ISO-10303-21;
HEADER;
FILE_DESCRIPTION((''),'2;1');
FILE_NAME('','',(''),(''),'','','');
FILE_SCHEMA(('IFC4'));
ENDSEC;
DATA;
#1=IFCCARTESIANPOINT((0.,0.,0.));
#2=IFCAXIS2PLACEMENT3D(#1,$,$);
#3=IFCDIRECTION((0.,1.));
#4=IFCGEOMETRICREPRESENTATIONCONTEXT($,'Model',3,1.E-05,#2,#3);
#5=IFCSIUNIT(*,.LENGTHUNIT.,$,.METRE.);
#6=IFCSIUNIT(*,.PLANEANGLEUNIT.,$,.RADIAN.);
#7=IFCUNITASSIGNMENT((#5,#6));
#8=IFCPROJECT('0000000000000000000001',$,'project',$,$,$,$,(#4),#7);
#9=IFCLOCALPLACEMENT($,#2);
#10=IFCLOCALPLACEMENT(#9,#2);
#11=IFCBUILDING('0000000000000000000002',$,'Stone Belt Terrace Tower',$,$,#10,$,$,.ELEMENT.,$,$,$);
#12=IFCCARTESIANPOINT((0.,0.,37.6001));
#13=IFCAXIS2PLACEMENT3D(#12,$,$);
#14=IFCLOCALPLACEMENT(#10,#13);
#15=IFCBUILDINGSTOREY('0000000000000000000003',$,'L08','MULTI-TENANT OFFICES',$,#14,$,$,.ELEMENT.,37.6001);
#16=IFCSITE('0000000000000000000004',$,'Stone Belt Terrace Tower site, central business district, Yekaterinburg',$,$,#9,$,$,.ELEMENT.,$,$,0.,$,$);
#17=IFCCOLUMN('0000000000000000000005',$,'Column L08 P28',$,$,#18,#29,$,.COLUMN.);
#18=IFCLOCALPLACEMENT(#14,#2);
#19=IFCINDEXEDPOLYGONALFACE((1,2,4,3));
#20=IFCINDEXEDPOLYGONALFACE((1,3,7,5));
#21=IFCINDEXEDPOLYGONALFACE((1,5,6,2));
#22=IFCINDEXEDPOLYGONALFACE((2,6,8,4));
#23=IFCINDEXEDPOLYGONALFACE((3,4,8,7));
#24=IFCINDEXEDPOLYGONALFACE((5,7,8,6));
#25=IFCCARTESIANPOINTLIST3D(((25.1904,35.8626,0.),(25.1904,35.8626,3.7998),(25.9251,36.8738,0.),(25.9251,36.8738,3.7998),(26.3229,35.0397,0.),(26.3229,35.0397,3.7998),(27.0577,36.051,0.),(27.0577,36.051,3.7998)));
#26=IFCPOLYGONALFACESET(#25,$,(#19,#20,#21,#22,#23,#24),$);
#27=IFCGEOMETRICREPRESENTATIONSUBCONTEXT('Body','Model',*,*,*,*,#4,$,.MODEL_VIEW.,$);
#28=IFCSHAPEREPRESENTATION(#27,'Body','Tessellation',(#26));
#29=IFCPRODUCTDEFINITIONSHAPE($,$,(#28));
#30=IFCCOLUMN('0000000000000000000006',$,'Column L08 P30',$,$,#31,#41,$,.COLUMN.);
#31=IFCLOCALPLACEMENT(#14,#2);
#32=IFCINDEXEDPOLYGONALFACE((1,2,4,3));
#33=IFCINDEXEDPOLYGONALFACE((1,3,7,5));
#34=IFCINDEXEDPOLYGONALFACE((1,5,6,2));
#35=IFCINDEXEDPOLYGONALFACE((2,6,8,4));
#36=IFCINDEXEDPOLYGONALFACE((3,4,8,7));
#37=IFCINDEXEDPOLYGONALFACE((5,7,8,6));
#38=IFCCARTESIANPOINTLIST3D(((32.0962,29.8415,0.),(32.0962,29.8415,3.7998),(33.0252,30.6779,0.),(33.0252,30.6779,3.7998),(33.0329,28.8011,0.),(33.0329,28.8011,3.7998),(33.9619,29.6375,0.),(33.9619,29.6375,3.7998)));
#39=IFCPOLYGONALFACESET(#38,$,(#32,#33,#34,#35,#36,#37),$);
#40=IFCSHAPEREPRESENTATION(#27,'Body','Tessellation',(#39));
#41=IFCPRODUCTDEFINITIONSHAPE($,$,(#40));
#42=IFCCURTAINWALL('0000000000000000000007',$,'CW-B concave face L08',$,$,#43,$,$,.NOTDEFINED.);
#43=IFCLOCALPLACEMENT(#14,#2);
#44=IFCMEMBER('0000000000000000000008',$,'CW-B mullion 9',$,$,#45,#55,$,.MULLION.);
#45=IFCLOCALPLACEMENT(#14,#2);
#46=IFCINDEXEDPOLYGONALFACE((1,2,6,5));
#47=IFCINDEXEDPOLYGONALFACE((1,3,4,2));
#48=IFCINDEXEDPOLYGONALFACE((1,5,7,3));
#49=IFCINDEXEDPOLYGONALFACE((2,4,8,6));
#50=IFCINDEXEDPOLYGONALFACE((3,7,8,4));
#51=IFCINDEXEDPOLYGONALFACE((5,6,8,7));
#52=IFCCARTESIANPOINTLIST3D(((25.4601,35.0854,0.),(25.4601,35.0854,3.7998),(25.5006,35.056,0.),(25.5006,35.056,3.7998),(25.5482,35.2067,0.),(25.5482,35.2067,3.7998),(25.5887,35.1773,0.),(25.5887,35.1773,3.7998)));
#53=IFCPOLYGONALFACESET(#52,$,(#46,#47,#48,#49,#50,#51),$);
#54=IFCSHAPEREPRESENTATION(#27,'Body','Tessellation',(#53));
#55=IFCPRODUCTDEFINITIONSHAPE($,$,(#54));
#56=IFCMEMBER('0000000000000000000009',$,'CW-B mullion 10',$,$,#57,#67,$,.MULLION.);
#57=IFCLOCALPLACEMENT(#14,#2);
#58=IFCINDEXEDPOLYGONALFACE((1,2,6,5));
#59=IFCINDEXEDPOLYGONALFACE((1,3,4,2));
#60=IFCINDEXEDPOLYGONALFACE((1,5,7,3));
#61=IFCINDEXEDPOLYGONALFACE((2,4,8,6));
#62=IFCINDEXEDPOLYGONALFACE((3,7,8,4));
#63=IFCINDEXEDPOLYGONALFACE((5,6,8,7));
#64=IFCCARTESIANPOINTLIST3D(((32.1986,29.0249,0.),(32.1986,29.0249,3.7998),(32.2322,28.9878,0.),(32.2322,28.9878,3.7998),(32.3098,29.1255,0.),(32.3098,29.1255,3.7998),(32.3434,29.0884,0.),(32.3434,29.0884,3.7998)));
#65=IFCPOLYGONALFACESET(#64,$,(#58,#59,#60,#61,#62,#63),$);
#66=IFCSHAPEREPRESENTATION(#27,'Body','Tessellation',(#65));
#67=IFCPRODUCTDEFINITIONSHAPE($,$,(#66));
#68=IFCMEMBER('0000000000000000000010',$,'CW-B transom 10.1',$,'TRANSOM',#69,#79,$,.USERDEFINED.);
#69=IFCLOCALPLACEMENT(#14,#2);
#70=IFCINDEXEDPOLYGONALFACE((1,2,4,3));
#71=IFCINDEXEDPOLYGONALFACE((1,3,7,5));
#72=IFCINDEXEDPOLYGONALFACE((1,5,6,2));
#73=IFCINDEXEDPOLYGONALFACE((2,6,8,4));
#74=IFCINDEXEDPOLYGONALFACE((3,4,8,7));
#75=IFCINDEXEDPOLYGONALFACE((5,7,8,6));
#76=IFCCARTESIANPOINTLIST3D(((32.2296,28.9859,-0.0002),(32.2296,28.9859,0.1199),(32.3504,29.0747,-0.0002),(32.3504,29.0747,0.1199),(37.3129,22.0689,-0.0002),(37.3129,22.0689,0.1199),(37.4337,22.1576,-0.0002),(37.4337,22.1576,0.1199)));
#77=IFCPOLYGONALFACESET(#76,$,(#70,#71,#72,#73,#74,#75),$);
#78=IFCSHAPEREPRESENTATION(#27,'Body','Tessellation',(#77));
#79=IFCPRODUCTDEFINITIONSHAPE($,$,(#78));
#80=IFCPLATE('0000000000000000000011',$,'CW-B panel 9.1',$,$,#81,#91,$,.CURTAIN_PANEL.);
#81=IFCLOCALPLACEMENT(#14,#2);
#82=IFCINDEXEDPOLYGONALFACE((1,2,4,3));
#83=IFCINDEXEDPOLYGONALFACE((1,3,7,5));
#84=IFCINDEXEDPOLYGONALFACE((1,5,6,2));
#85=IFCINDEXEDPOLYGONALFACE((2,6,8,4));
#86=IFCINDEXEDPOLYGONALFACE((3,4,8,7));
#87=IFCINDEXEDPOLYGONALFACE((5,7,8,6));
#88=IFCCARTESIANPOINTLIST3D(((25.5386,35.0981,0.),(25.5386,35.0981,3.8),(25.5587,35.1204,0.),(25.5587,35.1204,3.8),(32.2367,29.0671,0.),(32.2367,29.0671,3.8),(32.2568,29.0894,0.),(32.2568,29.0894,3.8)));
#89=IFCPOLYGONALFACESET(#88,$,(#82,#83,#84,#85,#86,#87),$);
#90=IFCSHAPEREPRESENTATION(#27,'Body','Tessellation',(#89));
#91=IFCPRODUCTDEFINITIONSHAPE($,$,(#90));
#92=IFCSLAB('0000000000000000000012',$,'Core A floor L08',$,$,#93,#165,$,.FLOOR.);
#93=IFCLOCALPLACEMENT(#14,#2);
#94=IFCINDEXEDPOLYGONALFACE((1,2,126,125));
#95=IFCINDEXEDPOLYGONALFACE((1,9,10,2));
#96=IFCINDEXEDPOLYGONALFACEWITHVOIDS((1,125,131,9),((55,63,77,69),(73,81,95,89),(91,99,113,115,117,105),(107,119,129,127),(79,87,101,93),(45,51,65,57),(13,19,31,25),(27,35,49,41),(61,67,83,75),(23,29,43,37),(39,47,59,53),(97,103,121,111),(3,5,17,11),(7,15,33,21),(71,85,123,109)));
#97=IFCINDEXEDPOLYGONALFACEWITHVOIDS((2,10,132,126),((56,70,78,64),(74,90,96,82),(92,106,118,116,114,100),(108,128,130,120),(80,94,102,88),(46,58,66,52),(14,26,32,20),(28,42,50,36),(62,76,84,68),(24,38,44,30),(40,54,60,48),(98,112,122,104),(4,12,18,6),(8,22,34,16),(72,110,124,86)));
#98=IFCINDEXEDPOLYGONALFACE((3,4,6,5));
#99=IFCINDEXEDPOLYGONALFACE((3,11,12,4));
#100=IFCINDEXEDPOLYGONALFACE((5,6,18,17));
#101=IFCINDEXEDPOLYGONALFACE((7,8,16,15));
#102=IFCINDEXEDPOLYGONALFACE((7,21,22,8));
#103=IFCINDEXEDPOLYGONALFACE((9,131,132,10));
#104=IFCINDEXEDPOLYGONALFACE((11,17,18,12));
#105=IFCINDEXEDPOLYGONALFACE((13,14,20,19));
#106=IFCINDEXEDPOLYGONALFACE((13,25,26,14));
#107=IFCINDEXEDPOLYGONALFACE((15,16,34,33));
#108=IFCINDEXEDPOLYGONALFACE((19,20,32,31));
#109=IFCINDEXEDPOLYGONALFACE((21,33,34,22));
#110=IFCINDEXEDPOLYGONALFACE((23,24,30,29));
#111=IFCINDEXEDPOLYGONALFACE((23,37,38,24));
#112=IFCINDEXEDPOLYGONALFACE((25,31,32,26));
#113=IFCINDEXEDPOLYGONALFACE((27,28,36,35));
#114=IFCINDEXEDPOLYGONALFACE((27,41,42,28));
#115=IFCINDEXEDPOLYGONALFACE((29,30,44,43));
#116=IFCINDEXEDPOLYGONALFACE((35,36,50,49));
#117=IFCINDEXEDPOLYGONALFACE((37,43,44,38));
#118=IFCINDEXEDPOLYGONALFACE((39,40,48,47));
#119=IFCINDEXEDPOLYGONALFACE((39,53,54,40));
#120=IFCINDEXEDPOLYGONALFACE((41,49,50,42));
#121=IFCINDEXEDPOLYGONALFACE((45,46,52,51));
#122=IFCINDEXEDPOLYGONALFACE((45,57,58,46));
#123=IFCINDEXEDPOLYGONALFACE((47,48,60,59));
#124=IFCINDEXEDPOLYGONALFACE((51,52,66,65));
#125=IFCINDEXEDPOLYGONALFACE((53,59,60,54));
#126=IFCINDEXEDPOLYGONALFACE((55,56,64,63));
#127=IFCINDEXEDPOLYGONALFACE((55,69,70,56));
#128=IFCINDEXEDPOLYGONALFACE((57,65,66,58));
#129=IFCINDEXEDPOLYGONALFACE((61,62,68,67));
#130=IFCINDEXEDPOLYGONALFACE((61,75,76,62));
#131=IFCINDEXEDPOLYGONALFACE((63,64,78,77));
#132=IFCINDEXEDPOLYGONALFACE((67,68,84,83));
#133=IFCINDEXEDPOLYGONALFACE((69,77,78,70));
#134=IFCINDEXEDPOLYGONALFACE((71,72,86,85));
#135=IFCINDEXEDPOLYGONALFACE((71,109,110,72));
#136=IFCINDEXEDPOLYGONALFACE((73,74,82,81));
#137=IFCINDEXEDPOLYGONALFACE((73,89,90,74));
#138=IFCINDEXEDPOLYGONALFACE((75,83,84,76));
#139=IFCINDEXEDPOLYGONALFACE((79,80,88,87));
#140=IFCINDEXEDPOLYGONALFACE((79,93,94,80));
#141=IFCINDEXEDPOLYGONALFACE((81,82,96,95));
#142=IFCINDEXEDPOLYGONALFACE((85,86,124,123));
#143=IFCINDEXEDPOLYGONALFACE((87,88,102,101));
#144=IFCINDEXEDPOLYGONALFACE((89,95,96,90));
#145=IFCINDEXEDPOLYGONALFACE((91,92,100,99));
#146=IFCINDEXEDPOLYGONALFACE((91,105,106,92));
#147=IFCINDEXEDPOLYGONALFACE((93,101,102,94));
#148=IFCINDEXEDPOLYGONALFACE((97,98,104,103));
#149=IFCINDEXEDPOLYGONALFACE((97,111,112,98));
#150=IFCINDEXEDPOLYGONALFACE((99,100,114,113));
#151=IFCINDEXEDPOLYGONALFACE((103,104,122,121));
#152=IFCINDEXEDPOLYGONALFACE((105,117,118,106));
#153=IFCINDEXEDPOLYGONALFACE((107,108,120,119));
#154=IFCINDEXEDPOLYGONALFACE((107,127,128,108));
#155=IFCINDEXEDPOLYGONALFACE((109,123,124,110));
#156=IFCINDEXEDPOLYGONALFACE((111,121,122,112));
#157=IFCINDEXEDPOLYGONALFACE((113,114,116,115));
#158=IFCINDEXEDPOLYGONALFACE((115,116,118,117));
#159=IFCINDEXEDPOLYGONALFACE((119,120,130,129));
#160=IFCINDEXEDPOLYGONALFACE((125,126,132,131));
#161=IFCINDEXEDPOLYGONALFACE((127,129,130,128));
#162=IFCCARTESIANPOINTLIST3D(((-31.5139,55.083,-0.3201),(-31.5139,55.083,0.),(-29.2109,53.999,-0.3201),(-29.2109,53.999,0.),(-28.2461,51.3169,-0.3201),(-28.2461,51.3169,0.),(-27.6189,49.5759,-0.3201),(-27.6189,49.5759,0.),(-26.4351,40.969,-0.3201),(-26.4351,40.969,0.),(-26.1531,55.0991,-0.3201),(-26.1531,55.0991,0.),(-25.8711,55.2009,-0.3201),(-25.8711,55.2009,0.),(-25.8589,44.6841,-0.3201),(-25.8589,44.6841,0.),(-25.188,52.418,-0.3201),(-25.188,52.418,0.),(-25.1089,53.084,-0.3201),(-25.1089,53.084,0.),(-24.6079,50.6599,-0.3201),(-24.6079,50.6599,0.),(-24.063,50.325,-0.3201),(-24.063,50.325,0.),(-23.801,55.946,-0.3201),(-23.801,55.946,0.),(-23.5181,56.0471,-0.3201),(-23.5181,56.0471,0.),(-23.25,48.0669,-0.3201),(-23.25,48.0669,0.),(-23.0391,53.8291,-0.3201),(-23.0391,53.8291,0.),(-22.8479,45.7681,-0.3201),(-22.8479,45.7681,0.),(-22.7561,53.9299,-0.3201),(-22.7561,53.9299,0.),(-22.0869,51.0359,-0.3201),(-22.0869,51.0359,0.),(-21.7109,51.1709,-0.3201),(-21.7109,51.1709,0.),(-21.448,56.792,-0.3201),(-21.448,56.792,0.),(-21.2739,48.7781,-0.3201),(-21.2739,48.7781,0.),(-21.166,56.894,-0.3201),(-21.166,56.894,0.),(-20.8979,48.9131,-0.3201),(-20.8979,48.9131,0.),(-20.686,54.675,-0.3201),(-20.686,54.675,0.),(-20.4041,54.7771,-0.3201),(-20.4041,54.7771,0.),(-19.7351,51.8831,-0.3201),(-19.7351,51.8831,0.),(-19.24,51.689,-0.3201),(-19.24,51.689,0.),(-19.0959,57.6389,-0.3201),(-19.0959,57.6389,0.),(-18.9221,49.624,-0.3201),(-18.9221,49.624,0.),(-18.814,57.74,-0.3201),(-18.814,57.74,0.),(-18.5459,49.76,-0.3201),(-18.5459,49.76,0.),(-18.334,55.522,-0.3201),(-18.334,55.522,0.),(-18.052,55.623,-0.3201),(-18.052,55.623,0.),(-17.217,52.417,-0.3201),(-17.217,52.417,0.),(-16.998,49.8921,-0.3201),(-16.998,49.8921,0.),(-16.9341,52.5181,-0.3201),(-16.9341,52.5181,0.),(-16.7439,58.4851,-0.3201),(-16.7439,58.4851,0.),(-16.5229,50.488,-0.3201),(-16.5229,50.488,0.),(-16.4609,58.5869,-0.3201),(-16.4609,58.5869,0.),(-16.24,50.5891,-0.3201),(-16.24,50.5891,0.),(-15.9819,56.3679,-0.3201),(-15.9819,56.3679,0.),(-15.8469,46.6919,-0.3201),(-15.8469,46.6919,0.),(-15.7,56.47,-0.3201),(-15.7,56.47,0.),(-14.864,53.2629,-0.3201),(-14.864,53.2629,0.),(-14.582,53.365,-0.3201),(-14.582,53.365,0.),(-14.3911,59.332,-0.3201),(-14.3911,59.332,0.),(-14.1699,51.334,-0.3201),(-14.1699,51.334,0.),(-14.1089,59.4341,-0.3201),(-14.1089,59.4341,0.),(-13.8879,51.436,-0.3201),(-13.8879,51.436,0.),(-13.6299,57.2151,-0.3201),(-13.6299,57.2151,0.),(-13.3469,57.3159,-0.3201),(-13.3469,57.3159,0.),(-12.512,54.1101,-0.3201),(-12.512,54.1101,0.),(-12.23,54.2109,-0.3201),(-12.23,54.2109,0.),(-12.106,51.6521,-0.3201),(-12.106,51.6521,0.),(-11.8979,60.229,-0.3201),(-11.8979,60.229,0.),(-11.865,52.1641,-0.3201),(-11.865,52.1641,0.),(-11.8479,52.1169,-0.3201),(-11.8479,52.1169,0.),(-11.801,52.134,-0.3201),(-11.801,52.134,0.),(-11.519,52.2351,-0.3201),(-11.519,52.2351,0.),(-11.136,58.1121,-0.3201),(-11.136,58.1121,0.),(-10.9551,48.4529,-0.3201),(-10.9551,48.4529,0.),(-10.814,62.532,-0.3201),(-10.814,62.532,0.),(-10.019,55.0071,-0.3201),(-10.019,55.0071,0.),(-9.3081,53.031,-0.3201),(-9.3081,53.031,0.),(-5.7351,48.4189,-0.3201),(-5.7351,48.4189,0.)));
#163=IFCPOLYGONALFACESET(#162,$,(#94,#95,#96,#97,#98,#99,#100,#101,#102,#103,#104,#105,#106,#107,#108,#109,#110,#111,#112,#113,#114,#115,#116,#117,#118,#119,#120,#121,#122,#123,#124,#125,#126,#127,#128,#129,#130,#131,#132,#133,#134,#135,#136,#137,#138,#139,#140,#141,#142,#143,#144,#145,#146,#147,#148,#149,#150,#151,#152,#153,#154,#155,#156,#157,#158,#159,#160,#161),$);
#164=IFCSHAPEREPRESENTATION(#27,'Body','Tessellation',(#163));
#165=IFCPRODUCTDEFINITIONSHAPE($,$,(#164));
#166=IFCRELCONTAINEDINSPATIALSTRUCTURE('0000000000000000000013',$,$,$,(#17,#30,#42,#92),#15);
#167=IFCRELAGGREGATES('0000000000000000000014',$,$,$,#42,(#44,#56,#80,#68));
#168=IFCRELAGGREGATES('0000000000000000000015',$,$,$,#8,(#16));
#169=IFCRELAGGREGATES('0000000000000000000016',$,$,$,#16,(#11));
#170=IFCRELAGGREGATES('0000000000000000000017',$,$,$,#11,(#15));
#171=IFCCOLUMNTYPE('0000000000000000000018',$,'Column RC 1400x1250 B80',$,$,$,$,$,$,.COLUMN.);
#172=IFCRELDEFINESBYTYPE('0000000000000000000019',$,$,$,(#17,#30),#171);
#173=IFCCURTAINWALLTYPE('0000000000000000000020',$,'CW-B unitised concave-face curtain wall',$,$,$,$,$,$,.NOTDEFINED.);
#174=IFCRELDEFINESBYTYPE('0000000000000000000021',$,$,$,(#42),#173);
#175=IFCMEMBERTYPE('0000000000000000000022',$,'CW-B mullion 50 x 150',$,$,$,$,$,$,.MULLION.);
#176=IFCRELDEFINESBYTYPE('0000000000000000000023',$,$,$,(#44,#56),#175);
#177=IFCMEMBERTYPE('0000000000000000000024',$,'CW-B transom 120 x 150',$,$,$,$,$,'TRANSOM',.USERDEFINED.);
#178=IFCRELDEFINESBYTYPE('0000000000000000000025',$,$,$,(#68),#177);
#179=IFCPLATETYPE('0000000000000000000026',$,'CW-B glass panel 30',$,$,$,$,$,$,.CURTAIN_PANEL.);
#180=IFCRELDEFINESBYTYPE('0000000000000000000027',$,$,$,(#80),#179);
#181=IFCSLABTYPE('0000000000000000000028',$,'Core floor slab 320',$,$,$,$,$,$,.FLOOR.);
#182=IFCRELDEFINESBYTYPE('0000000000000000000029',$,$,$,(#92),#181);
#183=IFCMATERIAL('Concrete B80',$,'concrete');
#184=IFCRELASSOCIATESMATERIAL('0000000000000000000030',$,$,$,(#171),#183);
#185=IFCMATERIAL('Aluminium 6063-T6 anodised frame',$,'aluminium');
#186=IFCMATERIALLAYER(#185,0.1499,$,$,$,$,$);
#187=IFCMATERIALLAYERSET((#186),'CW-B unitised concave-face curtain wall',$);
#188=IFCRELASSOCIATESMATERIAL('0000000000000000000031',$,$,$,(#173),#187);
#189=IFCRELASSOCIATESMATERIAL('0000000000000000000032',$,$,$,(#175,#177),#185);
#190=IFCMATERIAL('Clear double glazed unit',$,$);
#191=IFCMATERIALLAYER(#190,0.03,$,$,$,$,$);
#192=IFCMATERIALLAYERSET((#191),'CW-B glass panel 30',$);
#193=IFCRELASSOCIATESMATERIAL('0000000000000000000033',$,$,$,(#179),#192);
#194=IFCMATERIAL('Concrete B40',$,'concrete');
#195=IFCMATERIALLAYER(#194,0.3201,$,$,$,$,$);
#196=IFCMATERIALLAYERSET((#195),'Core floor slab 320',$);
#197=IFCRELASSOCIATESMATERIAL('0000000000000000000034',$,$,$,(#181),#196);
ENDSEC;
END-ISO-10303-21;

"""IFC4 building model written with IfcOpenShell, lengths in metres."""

from ifc_helpers import new_model, si_unit, direction, frame, origin, origin_2d, place, context, subcontext, project, spatial, polyline, rectangle, outline, extrude, material, layer, layer_set, material_profile, profile_set, type_object, element, aggregate, save


model = new_model("IFC4")

# Units and contexts
model_context = context("Model", 3, precision=1e-05, world=origin(), true_north=direction((0.0, 1.0)))
body_context = subcontext(model_context, "Body", "Model", "MODEL_VIEW")
ifc_project = project(units=[si_unit("LENGTHUNIT", "METRE"), si_unit("PLANEANGLEUNIT", "RADIAN")], contexts=[model_context])

# Site, building, storey
site_placement = place(None, origin())
site = spatial("IfcSite", under=ifc_project, at=site_placement, Name="Stone Belt Terrace Tower site, central business district, Yekaterinburg", CompositionType="ELEMENT", RefElevation=0.0)
building_placement = place(site_placement, origin())
building = spatial("IfcBuilding", under=site, at=building_placement, Name="Stone Belt Terrace Tower", CompositionType="ELEMENT")
storey_placement = place(building_placement, frame((0.0, 0.0, 37.6001)))
storey = spatial("IfcBuildingStorey", under=building, at=storey_placement, Name="L08", Description="MULTI-TENANT OFFICES", CompositionType="ELEMENT", Elevation=37.6001)

# Columns
ifc_material_1 = material(Name="Concrete B80", Category="concrete")
ifc_material_profile_1 = material_profile(ifc_material_1, rectangle(XDim=1.3999, YDim=1.25, at=origin_2d()), Name="RC 1400x1250")
ifc_profile_set_1 = profile_set([ifc_material_profile_1], Name="Concrete B80")
column_type = type_object("IfcColumnType", Name="Column RC 1400x1250 B80", PredefinedType="COLUMN", material=ifc_profile_set_1)
for number, where, z_axis, x_axis, name in (
    (1, (26.124, 35.9568, 0.0), (0.0, 0.0, 1.0), (0.809017, -0.587785, 0.0), "Column L08 P28"),
    (2, (33.0291, 29.7395, 0.0), (0.0, 0.0, 1.0), (0.669131, -0.743145, 0.0), "Column L08 P30"),
):
    element("IfcColumn", number, at=place(storey_placement, frame(where, z_axis=z_axis, x_axis=x_axis)), inside=storey, type_object=column_type, Name=name, PredefinedType="COLUMN", context=body_context, shape_type="SweptSolid", body=[
        extrude(rectangle(XDim=1.3999, YDim=1.25, at=origin_2d()), origin(), (0.0, 0.0, 1.0), 3.7998),
    ])

# Curtain wall, members, plate
ifc_material_2 = material(Name="Aluminium 6063-T6 anodised frame", Category="aluminium")
ifc_layer_1 = layer(ifc_material_2, 0.1499)
ifc_layer_set_1 = layer_set([ifc_layer_1], Name="CW-B unitised concave-face curtain wall")
curtain_wall_type = type_object("IfcCurtainWallType", Name="CW-B unitised concave-face curtain wall", PredefinedType="NOTDEFINED", material=ifc_layer_set_1)
curtain_wall_placement = place(storey_placement, origin())
curtain_wall = element("IfcCurtainWall", 3, at=curtain_wall_placement, inside=storey, type_object=curtain_wall_type, Name="CW-B concave face L08", PredefinedType="NOTDEFINED")
ifc_material_profile_2 = material_profile(ifc_material_2, rectangle(XDim=0.1499, YDim=0.05, at=origin_2d()), Name="Aluminium 6063-T6 50x150")
ifc_profile_set_2 = profile_set([ifc_material_profile_2], Name="Aluminium 6063-T6 anodised frame")
member_type_1 = type_object("IfcMemberType", Name="CW-B mullion 50 x 150", PredefinedType="MULLION", material=ifc_profile_set_2)
member_1_placement = place(storey_placement, frame((25.5244, 35.1313, 0.0), z_axis=(0.0, 0.0, 1.0), x_axis=(0.587785, 0.809017, 0.0)))
member_1 = element("IfcMember", 4, at=member_1_placement, type_object=member_type_1, Name="CW-B mullion 9", PredefinedType="MULLION", context=body_context, shape_type="SweptSolid", body=[
    extrude(rectangle(XDim=0.1499, YDim=0.05, at=origin_2d()), origin(), (0.0, 0.0, 1.0), 3.7998),
])
member_2_placement = place(storey_placement, frame((32.271, 29.0566, 0.0), z_axis=(0.0, 0.0, 1.0), x_axis=(0.74133, 0.671141, 0.0)))
member_2 = element("IfcMember", 5, at=member_2_placement, type_object=member_type_1, Name="CW-B mullion 10", PredefinedType="MULLION", context=body_context, shape_type="SweptSolid", body=[
    extrude(rectangle(XDim=0.1499, YDim=0.05, at=origin_2d()), origin(), (0.0, 0.0, 1.0), 3.7998),
])
ifc_material_profile_3 = material_profile(ifc_material_2, rectangle(XDim=0.1499, YDim=0.1201, at=origin_2d()), Name="Aluminium 6063-T6 150x120")
ifc_profile_set_3 = profile_set([ifc_material_profile_3], Name="Aluminium 6063-T6 anodised frame")
member_type_2 = type_object("IfcMemberType", Name="CW-B transom 120 x 150", ElementType="TRANSOM", PredefinedType="USERDEFINED", material=ifc_profile_set_3)
member_3_placement = place(storey_placement, frame((32.29, 29.0303, 0.0598), z_axis=(0.592181, -0.805805, 0.0), x_axis=(0.805805, 0.592181, 0.0)))
member_3 = element("IfcMember", 6, at=member_3_placement, type_object=member_type_2, Name="CW-B transom 10.1", ObjectType="TRANSOM", PredefinedType="USERDEFINED", context=body_context, shape_type="SweptSolid", body=[
    extrude(rectangle(XDim=0.1499, YDim=0.1201, at=origin_2d()), origin(), (0.0, 0.0, 1.0), 8.584),
])
ifc_material_3 = material(Name="Clear double glazed unit")
ifc_layer_2 = layer(ifc_material_3, 0.03)
ifc_layer_set_2 = layer_set([ifc_layer_2], Name="CW-B glass panel 30")
plate_type = type_object("IfcPlateType", Name="CW-B glass panel 30", PredefinedType="CURTAIN_PANEL", material=ifc_layer_set_2)
plate_placement = place(storey_placement, frame((28.8977, 32.0938, 0.0), z_axis=(0.0, 0.0, 1.0), x_axis=(0.743145, -0.669131, 0.0)))
plate = element("IfcPlate", 7, at=plate_placement, type_object=plate_type, Name="CW-B panel 9.1", PredefinedType="CURTAIN_PANEL", context=body_context, shape_type="SweptSolid", body=[
    extrude(rectangle(XDim=9.0132, YDim=0.03, at=origin_2d()), origin(), (0.0, 0.0, 1.0), 3.8),
])
aggregate(curtain_wall, [member_1, member_2, plate, member_3])

# Slab
ifc_material_4 = material(Name="Concrete B40", Category="concrete")
ifc_layer_3 = layer(ifc_material_4, 0.3201)
ifc_layer_set_3 = layer_set([ifc_layer_3], Name="Core floor slab 320")
slab_type_1 = type_object("IfcSlabType", Name="Core floor slab 320", PredefinedType="FLOOR", material=ifc_layer_set_3)
slab_1_placement = place(storey_placement, frame((0.0, 0.0, -0.3201)))
element("IfcSlab", 8, at=slab_1_placement, inside=storey, type_object=slab_type_1, Name="Core A floor L08", PredefinedType="FLOOR", context=body_context, shape_type="SweptSolid", body=[
    extrude(outline(polyline([(-26.4351, 40.969), (-5.7351, 48.4189), (-10.814, 62.532), (-31.5139, 55.083), (-26.4351, 40.969)]), holes=[polyline([(-24.6079, 50.6599), (-22.8479, 45.7681), (-25.8589, 44.6841), (-27.6189, 49.5759), (-24.6079, 50.6599)]), polyline([(-21.2739, 48.7781), (-23.25, 48.0669), (-24.063, 50.325), (-22.0869, 51.0359), (-21.2739, 48.7781)]), polyline([(-18.9221, 49.624), (-20.8979, 48.9131), (-21.7109, 51.1709), (-19.7351, 51.8831), (-18.9221, 49.624)]), polyline([(-19.24, 51.689), (-17.217, 52.417), (-16.5229, 50.488), (-18.5459, 49.76), (-19.24, 51.689)]), polyline([(-29.2109, 53.999), (-26.1531, 55.0991), (-25.188, 52.418), (-28.2461, 51.3169), (-29.2109, 53.999)]), polyline([(-23.801, 55.946), (-23.0391, 53.8291), (-25.1089, 53.084), (-25.8711, 55.2009), (-23.801, 55.946)]), polyline([(-21.448, 56.792), (-20.686, 54.675), (-22.7561, 53.9299), (-23.5181, 56.0471), (-21.448, 56.792)]), polyline([(-19.0959, 57.6389), (-18.334, 55.522), (-20.4041, 54.7771), (-21.166, 56.894), (-19.0959, 57.6389)]), polyline([(-15.8469, 46.6919), (-16.998, 49.8921), (-12.106, 51.6521), (-10.9551, 48.4529), (-15.8469, 46.6919)]), polyline([(-16.24, 50.5891), (-16.9341, 52.5181), (-14.864, 53.2629), (-14.1699, 51.334), (-16.24, 50.5891)]), polyline([(-11.801, 52.134), (-11.8479, 52.1169), (-11.865, 52.1641), (-13.8879, 51.436), (-14.582, 53.365), (-12.512, 54.1101), (-11.801, 52.134)]), polyline([(-9.3081, 53.031), (-11.519, 52.2351), (-12.23, 54.2109), (-10.019, 55.0071), (-9.3081, 53.031)]), polyline([(-16.7439, 58.4851), (-15.9819, 56.3679), (-18.052, 55.623), (-18.814, 57.74), (-16.7439, 58.4851)]), polyline([(-14.3911, 59.332), (-13.6299, 57.2151), (-15.7, 56.47), (-16.4609, 58.5869), (-14.3911, 59.332)]), polyline([(-11.8979, 60.229), (-11.136, 58.1121), (-13.3469, 57.3159), (-14.1089, 59.4341), (-11.8979, 60.229)])]), origin(), (0.0, 0.0, 1.0), 0.3201),
])

save(model, "model.ifc")
